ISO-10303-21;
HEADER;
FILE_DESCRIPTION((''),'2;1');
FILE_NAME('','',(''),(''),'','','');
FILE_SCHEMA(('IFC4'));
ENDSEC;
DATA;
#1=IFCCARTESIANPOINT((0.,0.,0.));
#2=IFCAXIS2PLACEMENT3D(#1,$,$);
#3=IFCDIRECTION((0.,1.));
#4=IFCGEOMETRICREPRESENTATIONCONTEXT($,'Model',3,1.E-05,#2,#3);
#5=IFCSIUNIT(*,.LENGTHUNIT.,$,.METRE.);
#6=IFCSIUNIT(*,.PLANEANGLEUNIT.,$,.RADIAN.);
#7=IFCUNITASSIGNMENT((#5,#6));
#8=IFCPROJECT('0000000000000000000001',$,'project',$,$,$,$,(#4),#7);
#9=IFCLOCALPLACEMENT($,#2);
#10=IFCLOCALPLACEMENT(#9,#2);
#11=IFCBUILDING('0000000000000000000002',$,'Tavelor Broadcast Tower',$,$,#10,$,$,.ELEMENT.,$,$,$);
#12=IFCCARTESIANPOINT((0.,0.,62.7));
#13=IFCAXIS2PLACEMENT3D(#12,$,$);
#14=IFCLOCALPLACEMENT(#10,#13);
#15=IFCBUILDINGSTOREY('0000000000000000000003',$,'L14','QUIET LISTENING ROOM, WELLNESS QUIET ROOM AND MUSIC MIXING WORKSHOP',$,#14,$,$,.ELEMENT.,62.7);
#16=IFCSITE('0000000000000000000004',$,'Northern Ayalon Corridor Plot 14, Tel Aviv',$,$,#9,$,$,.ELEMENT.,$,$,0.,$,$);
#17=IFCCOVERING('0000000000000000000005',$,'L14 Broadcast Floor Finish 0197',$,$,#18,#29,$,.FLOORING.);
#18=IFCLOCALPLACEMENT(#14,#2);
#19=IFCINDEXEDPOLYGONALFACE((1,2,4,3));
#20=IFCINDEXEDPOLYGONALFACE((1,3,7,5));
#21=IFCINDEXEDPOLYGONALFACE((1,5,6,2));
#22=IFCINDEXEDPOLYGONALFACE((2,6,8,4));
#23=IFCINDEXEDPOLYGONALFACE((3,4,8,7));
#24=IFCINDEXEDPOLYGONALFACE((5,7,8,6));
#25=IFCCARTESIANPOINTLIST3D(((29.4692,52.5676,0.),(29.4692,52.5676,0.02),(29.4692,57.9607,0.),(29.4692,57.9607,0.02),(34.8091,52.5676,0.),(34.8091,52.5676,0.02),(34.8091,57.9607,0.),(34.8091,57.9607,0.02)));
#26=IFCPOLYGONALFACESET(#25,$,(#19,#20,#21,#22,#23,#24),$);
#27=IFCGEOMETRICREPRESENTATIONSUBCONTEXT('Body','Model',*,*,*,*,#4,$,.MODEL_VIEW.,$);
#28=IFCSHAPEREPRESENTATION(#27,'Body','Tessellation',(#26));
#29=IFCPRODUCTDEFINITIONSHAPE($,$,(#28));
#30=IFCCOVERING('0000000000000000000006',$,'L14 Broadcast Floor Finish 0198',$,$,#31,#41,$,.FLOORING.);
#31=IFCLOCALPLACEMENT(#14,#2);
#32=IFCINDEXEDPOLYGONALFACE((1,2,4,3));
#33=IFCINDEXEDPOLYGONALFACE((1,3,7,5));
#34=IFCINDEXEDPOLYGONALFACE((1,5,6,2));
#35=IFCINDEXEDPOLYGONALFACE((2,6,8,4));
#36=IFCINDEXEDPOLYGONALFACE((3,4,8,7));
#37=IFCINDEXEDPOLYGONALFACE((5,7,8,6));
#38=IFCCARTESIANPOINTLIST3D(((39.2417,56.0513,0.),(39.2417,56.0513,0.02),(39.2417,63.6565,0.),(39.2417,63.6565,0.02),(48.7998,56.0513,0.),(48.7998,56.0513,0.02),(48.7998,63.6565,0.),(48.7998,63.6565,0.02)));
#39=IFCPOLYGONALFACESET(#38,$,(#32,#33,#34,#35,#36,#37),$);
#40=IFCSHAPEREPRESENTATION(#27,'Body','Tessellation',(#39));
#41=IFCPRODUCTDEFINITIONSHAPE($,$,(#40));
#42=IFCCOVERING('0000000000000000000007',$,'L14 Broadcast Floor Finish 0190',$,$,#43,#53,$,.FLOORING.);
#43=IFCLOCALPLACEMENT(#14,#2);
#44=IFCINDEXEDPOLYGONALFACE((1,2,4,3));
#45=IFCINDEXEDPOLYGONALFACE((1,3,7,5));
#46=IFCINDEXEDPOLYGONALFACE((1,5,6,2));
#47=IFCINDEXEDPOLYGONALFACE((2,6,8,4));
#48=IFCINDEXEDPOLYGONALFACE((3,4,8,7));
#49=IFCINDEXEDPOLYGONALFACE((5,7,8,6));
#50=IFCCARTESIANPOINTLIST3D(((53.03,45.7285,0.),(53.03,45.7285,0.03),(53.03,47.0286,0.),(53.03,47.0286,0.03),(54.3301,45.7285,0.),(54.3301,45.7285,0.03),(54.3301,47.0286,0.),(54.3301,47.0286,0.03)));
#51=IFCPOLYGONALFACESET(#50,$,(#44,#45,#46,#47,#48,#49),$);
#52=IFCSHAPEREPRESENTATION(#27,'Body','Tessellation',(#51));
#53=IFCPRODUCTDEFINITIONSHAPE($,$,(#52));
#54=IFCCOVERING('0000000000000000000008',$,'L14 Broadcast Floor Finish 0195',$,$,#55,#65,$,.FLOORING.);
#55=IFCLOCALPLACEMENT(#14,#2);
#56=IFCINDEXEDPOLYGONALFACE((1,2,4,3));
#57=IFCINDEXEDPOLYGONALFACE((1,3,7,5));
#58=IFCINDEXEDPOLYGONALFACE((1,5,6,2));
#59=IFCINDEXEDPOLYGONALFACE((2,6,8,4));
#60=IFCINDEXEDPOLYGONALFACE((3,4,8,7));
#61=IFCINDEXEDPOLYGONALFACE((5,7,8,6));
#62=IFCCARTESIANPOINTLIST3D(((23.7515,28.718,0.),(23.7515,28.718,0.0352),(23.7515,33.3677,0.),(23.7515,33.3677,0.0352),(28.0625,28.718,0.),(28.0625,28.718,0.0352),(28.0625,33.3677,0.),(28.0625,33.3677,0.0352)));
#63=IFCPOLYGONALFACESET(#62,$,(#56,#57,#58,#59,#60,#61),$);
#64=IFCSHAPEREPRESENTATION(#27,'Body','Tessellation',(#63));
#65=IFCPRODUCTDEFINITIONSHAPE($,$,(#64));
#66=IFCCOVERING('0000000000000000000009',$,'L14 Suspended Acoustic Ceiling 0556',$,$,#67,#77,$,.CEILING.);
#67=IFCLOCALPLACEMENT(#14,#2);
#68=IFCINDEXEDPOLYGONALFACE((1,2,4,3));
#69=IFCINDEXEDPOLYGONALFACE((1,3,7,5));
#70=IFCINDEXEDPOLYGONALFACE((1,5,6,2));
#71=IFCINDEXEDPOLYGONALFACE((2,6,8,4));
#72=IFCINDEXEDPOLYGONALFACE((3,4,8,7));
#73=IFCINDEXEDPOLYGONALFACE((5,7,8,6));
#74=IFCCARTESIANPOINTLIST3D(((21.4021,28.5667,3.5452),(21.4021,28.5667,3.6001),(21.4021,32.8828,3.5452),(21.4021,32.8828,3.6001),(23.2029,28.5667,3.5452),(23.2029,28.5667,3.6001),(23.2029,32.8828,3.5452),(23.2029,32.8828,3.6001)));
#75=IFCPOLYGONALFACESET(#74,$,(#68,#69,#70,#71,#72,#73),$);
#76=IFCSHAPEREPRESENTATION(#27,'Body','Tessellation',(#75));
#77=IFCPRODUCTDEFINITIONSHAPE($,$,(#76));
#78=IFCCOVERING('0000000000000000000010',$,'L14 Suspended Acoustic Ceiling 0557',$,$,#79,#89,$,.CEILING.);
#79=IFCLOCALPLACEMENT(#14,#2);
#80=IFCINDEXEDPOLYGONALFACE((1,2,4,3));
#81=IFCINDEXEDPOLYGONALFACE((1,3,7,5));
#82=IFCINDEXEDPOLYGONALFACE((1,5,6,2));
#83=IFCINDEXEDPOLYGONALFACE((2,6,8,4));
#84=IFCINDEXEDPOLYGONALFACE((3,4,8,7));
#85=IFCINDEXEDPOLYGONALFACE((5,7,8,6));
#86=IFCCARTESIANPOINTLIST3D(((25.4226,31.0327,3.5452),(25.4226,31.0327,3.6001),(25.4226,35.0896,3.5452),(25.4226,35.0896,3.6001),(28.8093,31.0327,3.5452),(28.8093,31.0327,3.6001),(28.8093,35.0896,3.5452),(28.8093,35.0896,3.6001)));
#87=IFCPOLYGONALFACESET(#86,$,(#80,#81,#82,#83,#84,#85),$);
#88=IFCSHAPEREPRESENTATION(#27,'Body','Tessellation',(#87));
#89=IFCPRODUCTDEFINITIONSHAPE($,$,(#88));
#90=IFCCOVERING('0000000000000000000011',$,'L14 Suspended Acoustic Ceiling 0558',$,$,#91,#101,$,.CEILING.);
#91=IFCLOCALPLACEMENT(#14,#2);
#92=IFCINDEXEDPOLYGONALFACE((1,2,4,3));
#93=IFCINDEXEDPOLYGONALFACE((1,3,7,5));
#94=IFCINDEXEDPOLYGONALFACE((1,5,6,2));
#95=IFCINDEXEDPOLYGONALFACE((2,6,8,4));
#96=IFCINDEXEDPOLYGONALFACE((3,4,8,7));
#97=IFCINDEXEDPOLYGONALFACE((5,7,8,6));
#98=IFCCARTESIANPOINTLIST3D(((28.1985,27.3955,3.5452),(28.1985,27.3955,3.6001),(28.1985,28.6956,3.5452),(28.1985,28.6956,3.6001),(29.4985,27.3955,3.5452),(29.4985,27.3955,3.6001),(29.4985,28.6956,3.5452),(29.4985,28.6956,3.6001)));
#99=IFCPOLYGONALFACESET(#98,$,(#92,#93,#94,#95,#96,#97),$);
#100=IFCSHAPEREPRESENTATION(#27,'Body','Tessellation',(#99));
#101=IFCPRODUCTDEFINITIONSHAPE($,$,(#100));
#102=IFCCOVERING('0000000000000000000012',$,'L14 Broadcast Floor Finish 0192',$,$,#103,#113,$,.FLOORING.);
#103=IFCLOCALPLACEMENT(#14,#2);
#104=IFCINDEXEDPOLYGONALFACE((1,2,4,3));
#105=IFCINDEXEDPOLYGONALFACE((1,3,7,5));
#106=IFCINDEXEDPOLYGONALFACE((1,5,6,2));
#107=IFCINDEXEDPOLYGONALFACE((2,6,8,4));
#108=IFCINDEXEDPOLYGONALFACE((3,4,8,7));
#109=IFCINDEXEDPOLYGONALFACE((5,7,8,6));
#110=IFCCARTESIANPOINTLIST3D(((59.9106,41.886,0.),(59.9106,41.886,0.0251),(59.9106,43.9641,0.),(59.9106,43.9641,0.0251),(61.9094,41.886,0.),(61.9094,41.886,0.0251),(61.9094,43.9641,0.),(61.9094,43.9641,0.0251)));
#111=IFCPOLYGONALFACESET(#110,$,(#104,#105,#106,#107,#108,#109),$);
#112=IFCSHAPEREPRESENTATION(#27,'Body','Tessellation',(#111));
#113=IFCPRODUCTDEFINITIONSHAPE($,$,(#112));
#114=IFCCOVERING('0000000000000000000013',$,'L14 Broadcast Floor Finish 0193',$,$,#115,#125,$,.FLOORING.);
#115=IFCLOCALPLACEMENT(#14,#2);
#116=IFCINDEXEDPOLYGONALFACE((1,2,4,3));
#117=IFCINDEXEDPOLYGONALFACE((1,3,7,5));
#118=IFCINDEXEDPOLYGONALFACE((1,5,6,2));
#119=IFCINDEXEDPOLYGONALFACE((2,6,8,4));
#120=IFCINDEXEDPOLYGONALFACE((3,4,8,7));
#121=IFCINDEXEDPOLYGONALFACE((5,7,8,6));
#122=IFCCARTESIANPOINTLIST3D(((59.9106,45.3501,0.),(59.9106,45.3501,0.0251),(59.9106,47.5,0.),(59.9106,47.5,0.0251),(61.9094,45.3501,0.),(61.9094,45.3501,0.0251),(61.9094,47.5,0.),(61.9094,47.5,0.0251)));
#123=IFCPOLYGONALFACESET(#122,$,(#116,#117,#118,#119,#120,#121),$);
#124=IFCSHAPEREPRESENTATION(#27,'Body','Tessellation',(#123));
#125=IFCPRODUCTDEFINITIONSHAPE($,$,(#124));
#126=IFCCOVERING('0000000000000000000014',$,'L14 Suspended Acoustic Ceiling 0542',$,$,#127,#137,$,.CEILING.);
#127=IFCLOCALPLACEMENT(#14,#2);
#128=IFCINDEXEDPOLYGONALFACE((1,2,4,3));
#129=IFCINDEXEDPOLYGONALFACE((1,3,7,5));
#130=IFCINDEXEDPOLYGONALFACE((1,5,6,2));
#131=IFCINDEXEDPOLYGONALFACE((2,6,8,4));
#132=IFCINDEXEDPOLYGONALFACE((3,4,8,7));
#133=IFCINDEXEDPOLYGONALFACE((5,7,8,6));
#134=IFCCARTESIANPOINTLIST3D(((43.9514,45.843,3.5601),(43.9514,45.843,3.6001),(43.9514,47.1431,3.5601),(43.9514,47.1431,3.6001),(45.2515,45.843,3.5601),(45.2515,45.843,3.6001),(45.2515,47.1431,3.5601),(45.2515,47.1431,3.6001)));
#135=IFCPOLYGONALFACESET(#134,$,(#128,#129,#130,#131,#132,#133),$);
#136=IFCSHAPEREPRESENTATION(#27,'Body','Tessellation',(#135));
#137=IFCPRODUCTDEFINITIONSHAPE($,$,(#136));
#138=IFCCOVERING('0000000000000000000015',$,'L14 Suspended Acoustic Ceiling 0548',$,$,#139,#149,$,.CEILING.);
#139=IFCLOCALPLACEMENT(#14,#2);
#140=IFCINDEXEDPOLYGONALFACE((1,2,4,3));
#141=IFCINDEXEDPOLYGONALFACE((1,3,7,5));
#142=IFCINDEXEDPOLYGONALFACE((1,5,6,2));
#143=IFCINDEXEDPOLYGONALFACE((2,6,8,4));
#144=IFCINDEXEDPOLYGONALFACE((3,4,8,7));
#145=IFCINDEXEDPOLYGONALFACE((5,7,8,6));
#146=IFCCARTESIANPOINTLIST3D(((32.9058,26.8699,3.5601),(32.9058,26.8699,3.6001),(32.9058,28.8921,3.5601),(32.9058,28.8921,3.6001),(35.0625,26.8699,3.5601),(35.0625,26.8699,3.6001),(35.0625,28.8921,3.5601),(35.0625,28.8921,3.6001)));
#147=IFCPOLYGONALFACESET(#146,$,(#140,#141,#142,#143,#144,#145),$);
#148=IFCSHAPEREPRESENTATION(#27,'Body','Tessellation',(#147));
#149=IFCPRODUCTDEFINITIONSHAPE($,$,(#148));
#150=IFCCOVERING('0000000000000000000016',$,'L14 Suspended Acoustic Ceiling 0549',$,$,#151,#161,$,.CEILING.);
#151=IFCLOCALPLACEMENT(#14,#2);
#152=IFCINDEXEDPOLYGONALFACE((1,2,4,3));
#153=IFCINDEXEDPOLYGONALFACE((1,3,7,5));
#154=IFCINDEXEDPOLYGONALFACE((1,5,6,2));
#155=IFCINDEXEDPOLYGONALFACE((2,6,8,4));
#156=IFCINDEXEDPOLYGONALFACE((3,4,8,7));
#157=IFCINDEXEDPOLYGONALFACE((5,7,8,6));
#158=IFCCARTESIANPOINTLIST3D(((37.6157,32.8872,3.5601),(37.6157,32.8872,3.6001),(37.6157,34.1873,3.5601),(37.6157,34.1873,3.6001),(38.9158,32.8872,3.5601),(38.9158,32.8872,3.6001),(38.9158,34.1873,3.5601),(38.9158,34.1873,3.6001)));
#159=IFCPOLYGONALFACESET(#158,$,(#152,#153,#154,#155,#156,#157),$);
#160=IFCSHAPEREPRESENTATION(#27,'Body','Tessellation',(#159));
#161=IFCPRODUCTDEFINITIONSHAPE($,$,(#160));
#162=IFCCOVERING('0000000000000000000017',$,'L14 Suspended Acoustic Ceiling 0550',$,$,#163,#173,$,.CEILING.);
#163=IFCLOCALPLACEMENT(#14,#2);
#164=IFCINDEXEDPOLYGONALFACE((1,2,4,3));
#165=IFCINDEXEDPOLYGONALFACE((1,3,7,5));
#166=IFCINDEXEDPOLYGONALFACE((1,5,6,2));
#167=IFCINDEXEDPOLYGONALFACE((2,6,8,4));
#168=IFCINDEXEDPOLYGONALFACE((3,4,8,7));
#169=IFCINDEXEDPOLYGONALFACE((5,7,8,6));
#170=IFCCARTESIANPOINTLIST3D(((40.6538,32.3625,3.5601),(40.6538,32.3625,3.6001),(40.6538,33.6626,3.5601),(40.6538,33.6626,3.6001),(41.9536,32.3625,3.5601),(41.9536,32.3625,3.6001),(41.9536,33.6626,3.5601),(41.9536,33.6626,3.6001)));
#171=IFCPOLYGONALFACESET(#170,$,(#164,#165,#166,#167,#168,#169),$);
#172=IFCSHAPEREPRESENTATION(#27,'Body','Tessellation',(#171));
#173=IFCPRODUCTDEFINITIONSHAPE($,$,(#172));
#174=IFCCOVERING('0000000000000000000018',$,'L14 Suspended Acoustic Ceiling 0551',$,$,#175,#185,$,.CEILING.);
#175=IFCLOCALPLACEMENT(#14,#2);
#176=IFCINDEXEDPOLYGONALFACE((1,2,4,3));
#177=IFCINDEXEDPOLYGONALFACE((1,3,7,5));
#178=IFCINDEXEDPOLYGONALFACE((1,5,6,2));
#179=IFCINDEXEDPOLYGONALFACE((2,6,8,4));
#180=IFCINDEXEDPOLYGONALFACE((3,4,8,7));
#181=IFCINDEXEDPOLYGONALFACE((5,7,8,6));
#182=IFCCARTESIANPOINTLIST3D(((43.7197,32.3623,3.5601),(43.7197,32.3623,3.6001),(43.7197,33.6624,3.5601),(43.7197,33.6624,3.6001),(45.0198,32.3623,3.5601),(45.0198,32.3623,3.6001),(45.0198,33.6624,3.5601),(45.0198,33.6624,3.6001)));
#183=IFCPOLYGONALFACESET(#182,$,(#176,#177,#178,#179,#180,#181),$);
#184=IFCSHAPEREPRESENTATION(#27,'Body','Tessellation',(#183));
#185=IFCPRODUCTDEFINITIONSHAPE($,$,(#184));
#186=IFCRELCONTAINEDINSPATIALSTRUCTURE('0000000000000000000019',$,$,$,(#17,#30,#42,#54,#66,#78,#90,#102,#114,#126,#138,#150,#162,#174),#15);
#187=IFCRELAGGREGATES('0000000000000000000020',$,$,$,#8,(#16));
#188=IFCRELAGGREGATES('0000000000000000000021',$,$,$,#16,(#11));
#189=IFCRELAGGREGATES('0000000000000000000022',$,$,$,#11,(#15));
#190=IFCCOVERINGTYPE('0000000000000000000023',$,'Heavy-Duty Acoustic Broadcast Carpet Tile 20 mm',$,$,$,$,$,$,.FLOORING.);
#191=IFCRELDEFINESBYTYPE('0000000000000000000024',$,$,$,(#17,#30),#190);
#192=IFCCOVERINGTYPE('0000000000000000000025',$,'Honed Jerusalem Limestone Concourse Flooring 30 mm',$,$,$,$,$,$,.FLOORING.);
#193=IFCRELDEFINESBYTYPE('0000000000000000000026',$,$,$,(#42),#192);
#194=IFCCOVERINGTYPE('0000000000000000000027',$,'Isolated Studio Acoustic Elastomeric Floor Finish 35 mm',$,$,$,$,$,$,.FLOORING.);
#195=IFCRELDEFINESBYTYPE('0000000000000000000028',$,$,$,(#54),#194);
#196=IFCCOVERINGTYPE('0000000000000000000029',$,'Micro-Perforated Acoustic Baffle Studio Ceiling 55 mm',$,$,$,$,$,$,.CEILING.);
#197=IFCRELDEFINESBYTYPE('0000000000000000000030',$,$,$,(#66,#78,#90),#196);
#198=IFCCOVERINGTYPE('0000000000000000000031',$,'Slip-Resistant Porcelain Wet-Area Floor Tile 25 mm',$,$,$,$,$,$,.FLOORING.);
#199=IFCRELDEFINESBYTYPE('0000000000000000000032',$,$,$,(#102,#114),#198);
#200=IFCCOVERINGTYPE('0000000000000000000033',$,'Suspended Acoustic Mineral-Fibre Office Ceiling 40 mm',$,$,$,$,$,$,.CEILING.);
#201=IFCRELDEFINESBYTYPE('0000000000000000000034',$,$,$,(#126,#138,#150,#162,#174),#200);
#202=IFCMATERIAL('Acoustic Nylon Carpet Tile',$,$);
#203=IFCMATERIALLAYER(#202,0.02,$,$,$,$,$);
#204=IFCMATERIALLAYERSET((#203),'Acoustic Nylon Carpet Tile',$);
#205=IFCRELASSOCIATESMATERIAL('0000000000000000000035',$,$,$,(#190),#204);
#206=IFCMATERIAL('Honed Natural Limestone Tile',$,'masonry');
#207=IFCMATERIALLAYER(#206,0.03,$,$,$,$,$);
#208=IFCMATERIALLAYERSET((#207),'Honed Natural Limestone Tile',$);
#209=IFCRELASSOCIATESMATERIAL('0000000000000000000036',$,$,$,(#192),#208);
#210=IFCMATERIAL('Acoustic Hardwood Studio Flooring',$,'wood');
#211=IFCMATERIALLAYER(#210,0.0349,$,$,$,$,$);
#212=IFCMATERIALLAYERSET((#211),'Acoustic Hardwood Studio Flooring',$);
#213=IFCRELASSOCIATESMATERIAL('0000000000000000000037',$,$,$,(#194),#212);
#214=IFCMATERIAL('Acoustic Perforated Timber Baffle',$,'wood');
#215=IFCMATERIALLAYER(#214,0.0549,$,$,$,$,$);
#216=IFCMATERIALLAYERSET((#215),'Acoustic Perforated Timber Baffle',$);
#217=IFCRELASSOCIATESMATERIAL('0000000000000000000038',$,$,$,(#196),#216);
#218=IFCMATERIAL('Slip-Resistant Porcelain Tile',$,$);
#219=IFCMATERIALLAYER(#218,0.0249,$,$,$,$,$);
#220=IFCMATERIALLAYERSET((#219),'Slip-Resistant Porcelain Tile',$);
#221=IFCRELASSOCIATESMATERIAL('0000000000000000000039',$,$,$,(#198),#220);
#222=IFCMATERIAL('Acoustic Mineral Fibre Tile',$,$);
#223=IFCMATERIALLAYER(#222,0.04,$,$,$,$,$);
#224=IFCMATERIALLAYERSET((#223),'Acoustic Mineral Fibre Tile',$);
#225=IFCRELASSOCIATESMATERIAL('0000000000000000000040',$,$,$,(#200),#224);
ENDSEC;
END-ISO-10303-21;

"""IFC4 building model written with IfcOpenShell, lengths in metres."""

from ifc_helpers import new_model, si_unit, direction, frame, origin, place, context, subcontext, project, spatial, polyline, outline, extrude, material, layer, layer_set, type_object, element, save


model = new_model("IFC4")

# Units and contexts
model_context = context("Model", 3, precision=1e-05, world=origin(), true_north=direction((0.0, 1.0)))
body_context = subcontext(model_context, "Body", "Model", "MODEL_VIEW")
ifc_project = project(units=[si_unit("LENGTHUNIT", "METRE"), si_unit("PLANEANGLEUNIT", "RADIAN")], contexts=[model_context])

# Site, building, storey
site_placement = place(None, origin())
site = spatial("IfcSite", under=ifc_project, at=site_placement, Name="Northern Ayalon Corridor Plot 14, Tel Aviv", CompositionType="ELEMENT", RefElevation=0.0)
building_placement = place(site_placement, origin())
building = spatial("IfcBuilding", under=site, at=building_placement, Name="Tavelor Broadcast Tower", CompositionType="ELEMENT")
storey_placement = place(building_placement, frame((0.0, 0.0, 62.7)))
storey = spatial("IfcBuildingStorey", under=building, at=storey_placement, Name="L14", Description="QUIET LISTENING ROOM, WELLNESS QUIET ROOM AND MUSIC MIXING WORKSHOP", CompositionType="ELEMENT", Elevation=62.7)

# Coverings
ifc_material_1 = material(Name="Acoustic Nylon Carpet Tile")
ifc_layer_1 = layer(ifc_material_1, 0.02)
ifc_layer_set_1 = layer_set([ifc_layer_1], Name="Acoustic Nylon Carpet Tile")
covering_type_1 = type_object("IfcCoveringType", Name="Heavy-Duty Acoustic Broadcast Carpet Tile 20 mm", PredefinedType="FLOORING", material=ifc_layer_set_1)
covering_1_placement = place(storey_placement, origin())
element("IfcCovering", 1, at=covering_1_placement, inside=storey, type_object=covering_type_1, Name="L14 Broadcast Floor Finish 0197", PredefinedType="FLOORING", context=body_context, shape_type="SweptSolid", body=[
    extrude(outline(polyline([(29.4692, 52.5676), (34.8091, 52.5676), (34.8091, 57.9607), (29.4692, 57.9607), (29.4692, 52.5676)])), origin(), (0.0, 0.0, 1.0), 0.02),
])
covering_2_placement = place(storey_placement, origin())
element("IfcCovering", 2, at=covering_2_placement, inside=storey, type_object=covering_type_1, Name="L14 Broadcast Floor Finish 0198", PredefinedType="FLOORING", context=body_context, shape_type="SweptSolid", body=[
    extrude(outline(polyline([(39.2417, 56.0513), (48.7998, 56.0513), (48.7998, 63.6565), (39.2417, 63.6565), (39.2417, 56.0513)])), origin(), (0.0, 0.0, 1.0), 0.02),
])
ifc_material_2 = material(Name="Honed Natural Limestone Tile", Category="masonry")
ifc_layer_2 = layer(ifc_material_2, 0.03)
ifc_layer_set_2 = layer_set([ifc_layer_2], Name="Honed Natural Limestone Tile")
covering_type_2 = type_object("IfcCoveringType", Name="Honed Jerusalem Limestone Concourse Flooring 30 mm", PredefinedType="FLOORING", material=ifc_layer_set_2)
covering_3_placement = place(storey_placement, origin())
element("IfcCovering", 3, at=covering_3_placement, inside=storey, type_object=covering_type_2, Name="L14 Broadcast Floor Finish 0190", PredefinedType="FLOORING", context=body_context, shape_type="SweptSolid", body=[
    extrude(outline(polyline([(53.03, 45.7285), (54.3301, 45.7285), (54.3301, 47.0286), (53.03, 47.0286), (53.03, 45.7285)])), origin(), (0.0, 0.0, 1.0), 0.03),
])
ifc_material_3 = material(Name="Acoustic Hardwood Studio Flooring", Category="wood")
ifc_layer_3 = layer(ifc_material_3, 0.0349)
ifc_layer_set_3 = layer_set([ifc_layer_3], Name="Acoustic Hardwood Studio Flooring")
covering_type_3 = type_object("IfcCoveringType", Name="Isolated Studio Acoustic Elastomeric Floor Finish 35 mm", PredefinedType="FLOORING", material=ifc_layer_set_3)
covering_4_placement = place(storey_placement, origin())
element("IfcCovering", 4, at=covering_4_placement, inside=storey, type_object=covering_type_3, Name="L14 Broadcast Floor Finish 0195", PredefinedType="FLOORING", context=body_context, shape_type="SweptSolid", body=[
    extrude(outline(polyline([(23.7515, 28.718), (28.0625, 28.718), (28.0625, 33.3677), (23.7515, 33.3677), (23.7515, 28.718)])), origin(), (0.0, 0.0, 1.0), 0.0352),
])
ifc_material_4 = material(Name="Acoustic Perforated Timber Baffle", Category="wood")
ifc_layer_4 = layer(ifc_material_4, 0.0549)
ifc_layer_set_4 = layer_set([ifc_layer_4], Name="Acoustic Perforated Timber Baffle")
covering_type_4 = type_object("IfcCoveringType", Name="Micro-Perforated Acoustic Baffle Studio Ceiling 55 mm", PredefinedType="CEILING", material=ifc_layer_set_4)
covering_5_placement = place(storey_placement, frame((0.0, 0.0, 3.5452)))
element("IfcCovering", 5, at=covering_5_placement, inside=storey, type_object=covering_type_4, Name="L14 Suspended Acoustic Ceiling 0556", PredefinedType="CEILING", context=body_context, shape_type="SweptSolid", body=[
    extrude(outline(polyline([(21.4021, 28.5667), (23.2029, 28.5667), (23.2029, 32.8828), (21.4021, 32.8828), (21.4021, 28.5667)])), origin(), (0.0, 0.0, 1.0), 0.0549),
])
covering_6_placement = place(storey_placement, frame((0.0, 0.0, 3.5452)))
element("IfcCovering", 6, at=covering_6_placement, inside=storey, type_object=covering_type_4, Name="L14 Suspended Acoustic Ceiling 0557", PredefinedType="CEILING", context=body_context, shape_type="SweptSolid", body=[
    extrude(outline(polyline([(25.4226, 31.0327), (28.8093, 31.0327), (28.8093, 35.0896), (25.4226, 35.0896), (25.4226, 31.0327)])), origin(), (0.0, 0.0, 1.0), 0.0549),
])
covering_7_placement = place(storey_placement, frame((0.0, 0.0, 3.5452)))
element("IfcCovering", 7, at=covering_7_placement, inside=storey, type_object=covering_type_4, Name="L14 Suspended Acoustic Ceiling 0558", PredefinedType="CEILING", context=body_context, shape_type="SweptSolid", body=[
    extrude(outline(polyline([(28.1985, 27.3955), (29.4985, 27.3955), (29.4985, 28.6956), (28.1985, 28.6956), (28.1985, 27.3955)])), origin(), (0.0, 0.0, 1.0), 0.0549),
])
ifc_material_5 = material(Name="Slip-Resistant Porcelain Tile")
ifc_layer_5 = layer(ifc_material_5, 0.0249)
ifc_layer_set_5 = layer_set([ifc_layer_5], Name="Slip-Resistant Porcelain Tile")
covering_type_5 = type_object("IfcCoveringType", Name="Slip-Resistant Porcelain Wet-Area Floor Tile 25 mm", PredefinedType="FLOORING", material=ifc_layer_set_5)
covering_8_placement = place(storey_placement, origin())
element("IfcCovering", 8, at=covering_8_placement, inside=storey, type_object=covering_type_5, Name="L14 Broadcast Floor Finish 0192", PredefinedType="FLOORING", context=body_context, shape_type="SweptSolid", body=[
    extrude(outline(polyline([(59.9106, 41.886), (61.9094, 41.886), (61.9094, 43.9641), (59.9106, 43.9641), (59.9106, 41.886)])), origin(), (0.0, 0.0, 1.0), 0.0251),
])
covering_9_placement = place(storey_placement, origin())
element("IfcCovering", 9, at=covering_9_placement, inside=storey, type_object=covering_type_5, Name="L14 Broadcast Floor Finish 0193", PredefinedType="FLOORING", context=body_context, shape_type="SweptSolid", body=[
    extrude(outline(polyline([(59.9106, 45.3501), (61.9094, 45.3501), (61.9094, 47.5), (59.9106, 47.5), (59.9106, 45.3501)])), origin(), (0.0, 0.0, 1.0), 0.0251),
])
ifc_material_6 = material(Name="Acoustic Mineral Fibre Tile")
ifc_layer_6 = layer(ifc_material_6, 0.04)
ifc_layer_set_6 = layer_set([ifc_layer_6], Name="Acoustic Mineral Fibre Tile")
covering_type_6 = type_object("IfcCoveringType", Name="Suspended Acoustic Mineral-Fibre Office Ceiling 40 mm", PredefinedType="CEILING", material=ifc_layer_set_6)
covering_10_placement = place(storey_placement, frame((0.0, 0.0, 3.5601)))
element("IfcCovering", 10, at=covering_10_placement, inside=storey, type_object=covering_type_6, Name="L14 Suspended Acoustic Ceiling 0542", PredefinedType="CEILING", context=body_context, shape_type="SweptSolid", body=[
    extrude(outline(polyline([(43.9514, 45.843), (45.2515, 45.843), (45.2515, 47.1431), (43.9514, 47.1431), (43.9514, 45.843)])), origin(), (0.0, 0.0, 1.0), 0.04),
])
covering_11_placement = place(storey_placement, frame((0.0, 0.0, 3.5601)))
element("IfcCovering", 11, at=covering_11_placement, inside=storey, type_object=covering_type_6, Name="L14 Suspended Acoustic Ceiling 0548", PredefinedType="CEILING", context=body_context, shape_type="SweptSolid", body=[
    extrude(outline(polyline([(32.9058, 26.8699), (35.0625, 26.8699), (35.0625, 28.8921), (32.9058, 28.8921), (32.9058, 26.8699)])), origin(), (0.0, 0.0, 1.0), 0.04),
])
covering_12_placement = place(storey_placement, frame((0.0, 0.0, 3.5601)))
element("IfcCovering", 12, at=covering_12_placement, inside=storey, type_object=covering_type_6, Name="L14 Suspended Acoustic Ceiling 0549", PredefinedType="CEILING", context=body_context, shape_type="SweptSolid", body=[
    extrude(outline(polyline([(37.6157, 32.8872), (38.9158, 32.8872), (38.9158, 34.1873), (37.6157, 34.1873), (37.6157, 32.8872)])), origin(), (0.0, 0.0, 1.0), 0.04),
])
covering_13_placement = place(storey_placement, frame((0.0, 0.0, 3.5601)))
element("IfcCovering", 13, at=covering_13_placement, inside=storey, type_object=covering_type_6, Name="L14 Suspended Acoustic Ceiling 0550", PredefinedType="CEILING", context=body_context, shape_type="SweptSolid", body=[
    extrude(outline(polyline([(40.6538, 32.3625), (41.9536, 32.3625), (41.9536, 33.6626), (40.6538, 33.6626), (40.6538, 32.3625)])), origin(), (0.0, 0.0, 1.0), 0.04),
])
covering_14_placement = place(storey_placement, frame((0.0, 0.0, 3.5601)))
element("IfcCovering", 14, at=covering_14_placement, inside=storey, type_object=covering_type_6, Name="L14 Suspended Acoustic Ceiling 0551", PredefinedType="CEILING", context=body_context, shape_type="SweptSolid", body=[
    extrude(outline(polyline([(43.7197, 32.3623), (45.0198, 32.3623), (45.0198, 33.6624), (43.7197, 33.6624), (43.7197, 32.3623)])), origin(), (0.0, 0.0, 1.0), 0.04),
])

save(model, "model.ifc")
